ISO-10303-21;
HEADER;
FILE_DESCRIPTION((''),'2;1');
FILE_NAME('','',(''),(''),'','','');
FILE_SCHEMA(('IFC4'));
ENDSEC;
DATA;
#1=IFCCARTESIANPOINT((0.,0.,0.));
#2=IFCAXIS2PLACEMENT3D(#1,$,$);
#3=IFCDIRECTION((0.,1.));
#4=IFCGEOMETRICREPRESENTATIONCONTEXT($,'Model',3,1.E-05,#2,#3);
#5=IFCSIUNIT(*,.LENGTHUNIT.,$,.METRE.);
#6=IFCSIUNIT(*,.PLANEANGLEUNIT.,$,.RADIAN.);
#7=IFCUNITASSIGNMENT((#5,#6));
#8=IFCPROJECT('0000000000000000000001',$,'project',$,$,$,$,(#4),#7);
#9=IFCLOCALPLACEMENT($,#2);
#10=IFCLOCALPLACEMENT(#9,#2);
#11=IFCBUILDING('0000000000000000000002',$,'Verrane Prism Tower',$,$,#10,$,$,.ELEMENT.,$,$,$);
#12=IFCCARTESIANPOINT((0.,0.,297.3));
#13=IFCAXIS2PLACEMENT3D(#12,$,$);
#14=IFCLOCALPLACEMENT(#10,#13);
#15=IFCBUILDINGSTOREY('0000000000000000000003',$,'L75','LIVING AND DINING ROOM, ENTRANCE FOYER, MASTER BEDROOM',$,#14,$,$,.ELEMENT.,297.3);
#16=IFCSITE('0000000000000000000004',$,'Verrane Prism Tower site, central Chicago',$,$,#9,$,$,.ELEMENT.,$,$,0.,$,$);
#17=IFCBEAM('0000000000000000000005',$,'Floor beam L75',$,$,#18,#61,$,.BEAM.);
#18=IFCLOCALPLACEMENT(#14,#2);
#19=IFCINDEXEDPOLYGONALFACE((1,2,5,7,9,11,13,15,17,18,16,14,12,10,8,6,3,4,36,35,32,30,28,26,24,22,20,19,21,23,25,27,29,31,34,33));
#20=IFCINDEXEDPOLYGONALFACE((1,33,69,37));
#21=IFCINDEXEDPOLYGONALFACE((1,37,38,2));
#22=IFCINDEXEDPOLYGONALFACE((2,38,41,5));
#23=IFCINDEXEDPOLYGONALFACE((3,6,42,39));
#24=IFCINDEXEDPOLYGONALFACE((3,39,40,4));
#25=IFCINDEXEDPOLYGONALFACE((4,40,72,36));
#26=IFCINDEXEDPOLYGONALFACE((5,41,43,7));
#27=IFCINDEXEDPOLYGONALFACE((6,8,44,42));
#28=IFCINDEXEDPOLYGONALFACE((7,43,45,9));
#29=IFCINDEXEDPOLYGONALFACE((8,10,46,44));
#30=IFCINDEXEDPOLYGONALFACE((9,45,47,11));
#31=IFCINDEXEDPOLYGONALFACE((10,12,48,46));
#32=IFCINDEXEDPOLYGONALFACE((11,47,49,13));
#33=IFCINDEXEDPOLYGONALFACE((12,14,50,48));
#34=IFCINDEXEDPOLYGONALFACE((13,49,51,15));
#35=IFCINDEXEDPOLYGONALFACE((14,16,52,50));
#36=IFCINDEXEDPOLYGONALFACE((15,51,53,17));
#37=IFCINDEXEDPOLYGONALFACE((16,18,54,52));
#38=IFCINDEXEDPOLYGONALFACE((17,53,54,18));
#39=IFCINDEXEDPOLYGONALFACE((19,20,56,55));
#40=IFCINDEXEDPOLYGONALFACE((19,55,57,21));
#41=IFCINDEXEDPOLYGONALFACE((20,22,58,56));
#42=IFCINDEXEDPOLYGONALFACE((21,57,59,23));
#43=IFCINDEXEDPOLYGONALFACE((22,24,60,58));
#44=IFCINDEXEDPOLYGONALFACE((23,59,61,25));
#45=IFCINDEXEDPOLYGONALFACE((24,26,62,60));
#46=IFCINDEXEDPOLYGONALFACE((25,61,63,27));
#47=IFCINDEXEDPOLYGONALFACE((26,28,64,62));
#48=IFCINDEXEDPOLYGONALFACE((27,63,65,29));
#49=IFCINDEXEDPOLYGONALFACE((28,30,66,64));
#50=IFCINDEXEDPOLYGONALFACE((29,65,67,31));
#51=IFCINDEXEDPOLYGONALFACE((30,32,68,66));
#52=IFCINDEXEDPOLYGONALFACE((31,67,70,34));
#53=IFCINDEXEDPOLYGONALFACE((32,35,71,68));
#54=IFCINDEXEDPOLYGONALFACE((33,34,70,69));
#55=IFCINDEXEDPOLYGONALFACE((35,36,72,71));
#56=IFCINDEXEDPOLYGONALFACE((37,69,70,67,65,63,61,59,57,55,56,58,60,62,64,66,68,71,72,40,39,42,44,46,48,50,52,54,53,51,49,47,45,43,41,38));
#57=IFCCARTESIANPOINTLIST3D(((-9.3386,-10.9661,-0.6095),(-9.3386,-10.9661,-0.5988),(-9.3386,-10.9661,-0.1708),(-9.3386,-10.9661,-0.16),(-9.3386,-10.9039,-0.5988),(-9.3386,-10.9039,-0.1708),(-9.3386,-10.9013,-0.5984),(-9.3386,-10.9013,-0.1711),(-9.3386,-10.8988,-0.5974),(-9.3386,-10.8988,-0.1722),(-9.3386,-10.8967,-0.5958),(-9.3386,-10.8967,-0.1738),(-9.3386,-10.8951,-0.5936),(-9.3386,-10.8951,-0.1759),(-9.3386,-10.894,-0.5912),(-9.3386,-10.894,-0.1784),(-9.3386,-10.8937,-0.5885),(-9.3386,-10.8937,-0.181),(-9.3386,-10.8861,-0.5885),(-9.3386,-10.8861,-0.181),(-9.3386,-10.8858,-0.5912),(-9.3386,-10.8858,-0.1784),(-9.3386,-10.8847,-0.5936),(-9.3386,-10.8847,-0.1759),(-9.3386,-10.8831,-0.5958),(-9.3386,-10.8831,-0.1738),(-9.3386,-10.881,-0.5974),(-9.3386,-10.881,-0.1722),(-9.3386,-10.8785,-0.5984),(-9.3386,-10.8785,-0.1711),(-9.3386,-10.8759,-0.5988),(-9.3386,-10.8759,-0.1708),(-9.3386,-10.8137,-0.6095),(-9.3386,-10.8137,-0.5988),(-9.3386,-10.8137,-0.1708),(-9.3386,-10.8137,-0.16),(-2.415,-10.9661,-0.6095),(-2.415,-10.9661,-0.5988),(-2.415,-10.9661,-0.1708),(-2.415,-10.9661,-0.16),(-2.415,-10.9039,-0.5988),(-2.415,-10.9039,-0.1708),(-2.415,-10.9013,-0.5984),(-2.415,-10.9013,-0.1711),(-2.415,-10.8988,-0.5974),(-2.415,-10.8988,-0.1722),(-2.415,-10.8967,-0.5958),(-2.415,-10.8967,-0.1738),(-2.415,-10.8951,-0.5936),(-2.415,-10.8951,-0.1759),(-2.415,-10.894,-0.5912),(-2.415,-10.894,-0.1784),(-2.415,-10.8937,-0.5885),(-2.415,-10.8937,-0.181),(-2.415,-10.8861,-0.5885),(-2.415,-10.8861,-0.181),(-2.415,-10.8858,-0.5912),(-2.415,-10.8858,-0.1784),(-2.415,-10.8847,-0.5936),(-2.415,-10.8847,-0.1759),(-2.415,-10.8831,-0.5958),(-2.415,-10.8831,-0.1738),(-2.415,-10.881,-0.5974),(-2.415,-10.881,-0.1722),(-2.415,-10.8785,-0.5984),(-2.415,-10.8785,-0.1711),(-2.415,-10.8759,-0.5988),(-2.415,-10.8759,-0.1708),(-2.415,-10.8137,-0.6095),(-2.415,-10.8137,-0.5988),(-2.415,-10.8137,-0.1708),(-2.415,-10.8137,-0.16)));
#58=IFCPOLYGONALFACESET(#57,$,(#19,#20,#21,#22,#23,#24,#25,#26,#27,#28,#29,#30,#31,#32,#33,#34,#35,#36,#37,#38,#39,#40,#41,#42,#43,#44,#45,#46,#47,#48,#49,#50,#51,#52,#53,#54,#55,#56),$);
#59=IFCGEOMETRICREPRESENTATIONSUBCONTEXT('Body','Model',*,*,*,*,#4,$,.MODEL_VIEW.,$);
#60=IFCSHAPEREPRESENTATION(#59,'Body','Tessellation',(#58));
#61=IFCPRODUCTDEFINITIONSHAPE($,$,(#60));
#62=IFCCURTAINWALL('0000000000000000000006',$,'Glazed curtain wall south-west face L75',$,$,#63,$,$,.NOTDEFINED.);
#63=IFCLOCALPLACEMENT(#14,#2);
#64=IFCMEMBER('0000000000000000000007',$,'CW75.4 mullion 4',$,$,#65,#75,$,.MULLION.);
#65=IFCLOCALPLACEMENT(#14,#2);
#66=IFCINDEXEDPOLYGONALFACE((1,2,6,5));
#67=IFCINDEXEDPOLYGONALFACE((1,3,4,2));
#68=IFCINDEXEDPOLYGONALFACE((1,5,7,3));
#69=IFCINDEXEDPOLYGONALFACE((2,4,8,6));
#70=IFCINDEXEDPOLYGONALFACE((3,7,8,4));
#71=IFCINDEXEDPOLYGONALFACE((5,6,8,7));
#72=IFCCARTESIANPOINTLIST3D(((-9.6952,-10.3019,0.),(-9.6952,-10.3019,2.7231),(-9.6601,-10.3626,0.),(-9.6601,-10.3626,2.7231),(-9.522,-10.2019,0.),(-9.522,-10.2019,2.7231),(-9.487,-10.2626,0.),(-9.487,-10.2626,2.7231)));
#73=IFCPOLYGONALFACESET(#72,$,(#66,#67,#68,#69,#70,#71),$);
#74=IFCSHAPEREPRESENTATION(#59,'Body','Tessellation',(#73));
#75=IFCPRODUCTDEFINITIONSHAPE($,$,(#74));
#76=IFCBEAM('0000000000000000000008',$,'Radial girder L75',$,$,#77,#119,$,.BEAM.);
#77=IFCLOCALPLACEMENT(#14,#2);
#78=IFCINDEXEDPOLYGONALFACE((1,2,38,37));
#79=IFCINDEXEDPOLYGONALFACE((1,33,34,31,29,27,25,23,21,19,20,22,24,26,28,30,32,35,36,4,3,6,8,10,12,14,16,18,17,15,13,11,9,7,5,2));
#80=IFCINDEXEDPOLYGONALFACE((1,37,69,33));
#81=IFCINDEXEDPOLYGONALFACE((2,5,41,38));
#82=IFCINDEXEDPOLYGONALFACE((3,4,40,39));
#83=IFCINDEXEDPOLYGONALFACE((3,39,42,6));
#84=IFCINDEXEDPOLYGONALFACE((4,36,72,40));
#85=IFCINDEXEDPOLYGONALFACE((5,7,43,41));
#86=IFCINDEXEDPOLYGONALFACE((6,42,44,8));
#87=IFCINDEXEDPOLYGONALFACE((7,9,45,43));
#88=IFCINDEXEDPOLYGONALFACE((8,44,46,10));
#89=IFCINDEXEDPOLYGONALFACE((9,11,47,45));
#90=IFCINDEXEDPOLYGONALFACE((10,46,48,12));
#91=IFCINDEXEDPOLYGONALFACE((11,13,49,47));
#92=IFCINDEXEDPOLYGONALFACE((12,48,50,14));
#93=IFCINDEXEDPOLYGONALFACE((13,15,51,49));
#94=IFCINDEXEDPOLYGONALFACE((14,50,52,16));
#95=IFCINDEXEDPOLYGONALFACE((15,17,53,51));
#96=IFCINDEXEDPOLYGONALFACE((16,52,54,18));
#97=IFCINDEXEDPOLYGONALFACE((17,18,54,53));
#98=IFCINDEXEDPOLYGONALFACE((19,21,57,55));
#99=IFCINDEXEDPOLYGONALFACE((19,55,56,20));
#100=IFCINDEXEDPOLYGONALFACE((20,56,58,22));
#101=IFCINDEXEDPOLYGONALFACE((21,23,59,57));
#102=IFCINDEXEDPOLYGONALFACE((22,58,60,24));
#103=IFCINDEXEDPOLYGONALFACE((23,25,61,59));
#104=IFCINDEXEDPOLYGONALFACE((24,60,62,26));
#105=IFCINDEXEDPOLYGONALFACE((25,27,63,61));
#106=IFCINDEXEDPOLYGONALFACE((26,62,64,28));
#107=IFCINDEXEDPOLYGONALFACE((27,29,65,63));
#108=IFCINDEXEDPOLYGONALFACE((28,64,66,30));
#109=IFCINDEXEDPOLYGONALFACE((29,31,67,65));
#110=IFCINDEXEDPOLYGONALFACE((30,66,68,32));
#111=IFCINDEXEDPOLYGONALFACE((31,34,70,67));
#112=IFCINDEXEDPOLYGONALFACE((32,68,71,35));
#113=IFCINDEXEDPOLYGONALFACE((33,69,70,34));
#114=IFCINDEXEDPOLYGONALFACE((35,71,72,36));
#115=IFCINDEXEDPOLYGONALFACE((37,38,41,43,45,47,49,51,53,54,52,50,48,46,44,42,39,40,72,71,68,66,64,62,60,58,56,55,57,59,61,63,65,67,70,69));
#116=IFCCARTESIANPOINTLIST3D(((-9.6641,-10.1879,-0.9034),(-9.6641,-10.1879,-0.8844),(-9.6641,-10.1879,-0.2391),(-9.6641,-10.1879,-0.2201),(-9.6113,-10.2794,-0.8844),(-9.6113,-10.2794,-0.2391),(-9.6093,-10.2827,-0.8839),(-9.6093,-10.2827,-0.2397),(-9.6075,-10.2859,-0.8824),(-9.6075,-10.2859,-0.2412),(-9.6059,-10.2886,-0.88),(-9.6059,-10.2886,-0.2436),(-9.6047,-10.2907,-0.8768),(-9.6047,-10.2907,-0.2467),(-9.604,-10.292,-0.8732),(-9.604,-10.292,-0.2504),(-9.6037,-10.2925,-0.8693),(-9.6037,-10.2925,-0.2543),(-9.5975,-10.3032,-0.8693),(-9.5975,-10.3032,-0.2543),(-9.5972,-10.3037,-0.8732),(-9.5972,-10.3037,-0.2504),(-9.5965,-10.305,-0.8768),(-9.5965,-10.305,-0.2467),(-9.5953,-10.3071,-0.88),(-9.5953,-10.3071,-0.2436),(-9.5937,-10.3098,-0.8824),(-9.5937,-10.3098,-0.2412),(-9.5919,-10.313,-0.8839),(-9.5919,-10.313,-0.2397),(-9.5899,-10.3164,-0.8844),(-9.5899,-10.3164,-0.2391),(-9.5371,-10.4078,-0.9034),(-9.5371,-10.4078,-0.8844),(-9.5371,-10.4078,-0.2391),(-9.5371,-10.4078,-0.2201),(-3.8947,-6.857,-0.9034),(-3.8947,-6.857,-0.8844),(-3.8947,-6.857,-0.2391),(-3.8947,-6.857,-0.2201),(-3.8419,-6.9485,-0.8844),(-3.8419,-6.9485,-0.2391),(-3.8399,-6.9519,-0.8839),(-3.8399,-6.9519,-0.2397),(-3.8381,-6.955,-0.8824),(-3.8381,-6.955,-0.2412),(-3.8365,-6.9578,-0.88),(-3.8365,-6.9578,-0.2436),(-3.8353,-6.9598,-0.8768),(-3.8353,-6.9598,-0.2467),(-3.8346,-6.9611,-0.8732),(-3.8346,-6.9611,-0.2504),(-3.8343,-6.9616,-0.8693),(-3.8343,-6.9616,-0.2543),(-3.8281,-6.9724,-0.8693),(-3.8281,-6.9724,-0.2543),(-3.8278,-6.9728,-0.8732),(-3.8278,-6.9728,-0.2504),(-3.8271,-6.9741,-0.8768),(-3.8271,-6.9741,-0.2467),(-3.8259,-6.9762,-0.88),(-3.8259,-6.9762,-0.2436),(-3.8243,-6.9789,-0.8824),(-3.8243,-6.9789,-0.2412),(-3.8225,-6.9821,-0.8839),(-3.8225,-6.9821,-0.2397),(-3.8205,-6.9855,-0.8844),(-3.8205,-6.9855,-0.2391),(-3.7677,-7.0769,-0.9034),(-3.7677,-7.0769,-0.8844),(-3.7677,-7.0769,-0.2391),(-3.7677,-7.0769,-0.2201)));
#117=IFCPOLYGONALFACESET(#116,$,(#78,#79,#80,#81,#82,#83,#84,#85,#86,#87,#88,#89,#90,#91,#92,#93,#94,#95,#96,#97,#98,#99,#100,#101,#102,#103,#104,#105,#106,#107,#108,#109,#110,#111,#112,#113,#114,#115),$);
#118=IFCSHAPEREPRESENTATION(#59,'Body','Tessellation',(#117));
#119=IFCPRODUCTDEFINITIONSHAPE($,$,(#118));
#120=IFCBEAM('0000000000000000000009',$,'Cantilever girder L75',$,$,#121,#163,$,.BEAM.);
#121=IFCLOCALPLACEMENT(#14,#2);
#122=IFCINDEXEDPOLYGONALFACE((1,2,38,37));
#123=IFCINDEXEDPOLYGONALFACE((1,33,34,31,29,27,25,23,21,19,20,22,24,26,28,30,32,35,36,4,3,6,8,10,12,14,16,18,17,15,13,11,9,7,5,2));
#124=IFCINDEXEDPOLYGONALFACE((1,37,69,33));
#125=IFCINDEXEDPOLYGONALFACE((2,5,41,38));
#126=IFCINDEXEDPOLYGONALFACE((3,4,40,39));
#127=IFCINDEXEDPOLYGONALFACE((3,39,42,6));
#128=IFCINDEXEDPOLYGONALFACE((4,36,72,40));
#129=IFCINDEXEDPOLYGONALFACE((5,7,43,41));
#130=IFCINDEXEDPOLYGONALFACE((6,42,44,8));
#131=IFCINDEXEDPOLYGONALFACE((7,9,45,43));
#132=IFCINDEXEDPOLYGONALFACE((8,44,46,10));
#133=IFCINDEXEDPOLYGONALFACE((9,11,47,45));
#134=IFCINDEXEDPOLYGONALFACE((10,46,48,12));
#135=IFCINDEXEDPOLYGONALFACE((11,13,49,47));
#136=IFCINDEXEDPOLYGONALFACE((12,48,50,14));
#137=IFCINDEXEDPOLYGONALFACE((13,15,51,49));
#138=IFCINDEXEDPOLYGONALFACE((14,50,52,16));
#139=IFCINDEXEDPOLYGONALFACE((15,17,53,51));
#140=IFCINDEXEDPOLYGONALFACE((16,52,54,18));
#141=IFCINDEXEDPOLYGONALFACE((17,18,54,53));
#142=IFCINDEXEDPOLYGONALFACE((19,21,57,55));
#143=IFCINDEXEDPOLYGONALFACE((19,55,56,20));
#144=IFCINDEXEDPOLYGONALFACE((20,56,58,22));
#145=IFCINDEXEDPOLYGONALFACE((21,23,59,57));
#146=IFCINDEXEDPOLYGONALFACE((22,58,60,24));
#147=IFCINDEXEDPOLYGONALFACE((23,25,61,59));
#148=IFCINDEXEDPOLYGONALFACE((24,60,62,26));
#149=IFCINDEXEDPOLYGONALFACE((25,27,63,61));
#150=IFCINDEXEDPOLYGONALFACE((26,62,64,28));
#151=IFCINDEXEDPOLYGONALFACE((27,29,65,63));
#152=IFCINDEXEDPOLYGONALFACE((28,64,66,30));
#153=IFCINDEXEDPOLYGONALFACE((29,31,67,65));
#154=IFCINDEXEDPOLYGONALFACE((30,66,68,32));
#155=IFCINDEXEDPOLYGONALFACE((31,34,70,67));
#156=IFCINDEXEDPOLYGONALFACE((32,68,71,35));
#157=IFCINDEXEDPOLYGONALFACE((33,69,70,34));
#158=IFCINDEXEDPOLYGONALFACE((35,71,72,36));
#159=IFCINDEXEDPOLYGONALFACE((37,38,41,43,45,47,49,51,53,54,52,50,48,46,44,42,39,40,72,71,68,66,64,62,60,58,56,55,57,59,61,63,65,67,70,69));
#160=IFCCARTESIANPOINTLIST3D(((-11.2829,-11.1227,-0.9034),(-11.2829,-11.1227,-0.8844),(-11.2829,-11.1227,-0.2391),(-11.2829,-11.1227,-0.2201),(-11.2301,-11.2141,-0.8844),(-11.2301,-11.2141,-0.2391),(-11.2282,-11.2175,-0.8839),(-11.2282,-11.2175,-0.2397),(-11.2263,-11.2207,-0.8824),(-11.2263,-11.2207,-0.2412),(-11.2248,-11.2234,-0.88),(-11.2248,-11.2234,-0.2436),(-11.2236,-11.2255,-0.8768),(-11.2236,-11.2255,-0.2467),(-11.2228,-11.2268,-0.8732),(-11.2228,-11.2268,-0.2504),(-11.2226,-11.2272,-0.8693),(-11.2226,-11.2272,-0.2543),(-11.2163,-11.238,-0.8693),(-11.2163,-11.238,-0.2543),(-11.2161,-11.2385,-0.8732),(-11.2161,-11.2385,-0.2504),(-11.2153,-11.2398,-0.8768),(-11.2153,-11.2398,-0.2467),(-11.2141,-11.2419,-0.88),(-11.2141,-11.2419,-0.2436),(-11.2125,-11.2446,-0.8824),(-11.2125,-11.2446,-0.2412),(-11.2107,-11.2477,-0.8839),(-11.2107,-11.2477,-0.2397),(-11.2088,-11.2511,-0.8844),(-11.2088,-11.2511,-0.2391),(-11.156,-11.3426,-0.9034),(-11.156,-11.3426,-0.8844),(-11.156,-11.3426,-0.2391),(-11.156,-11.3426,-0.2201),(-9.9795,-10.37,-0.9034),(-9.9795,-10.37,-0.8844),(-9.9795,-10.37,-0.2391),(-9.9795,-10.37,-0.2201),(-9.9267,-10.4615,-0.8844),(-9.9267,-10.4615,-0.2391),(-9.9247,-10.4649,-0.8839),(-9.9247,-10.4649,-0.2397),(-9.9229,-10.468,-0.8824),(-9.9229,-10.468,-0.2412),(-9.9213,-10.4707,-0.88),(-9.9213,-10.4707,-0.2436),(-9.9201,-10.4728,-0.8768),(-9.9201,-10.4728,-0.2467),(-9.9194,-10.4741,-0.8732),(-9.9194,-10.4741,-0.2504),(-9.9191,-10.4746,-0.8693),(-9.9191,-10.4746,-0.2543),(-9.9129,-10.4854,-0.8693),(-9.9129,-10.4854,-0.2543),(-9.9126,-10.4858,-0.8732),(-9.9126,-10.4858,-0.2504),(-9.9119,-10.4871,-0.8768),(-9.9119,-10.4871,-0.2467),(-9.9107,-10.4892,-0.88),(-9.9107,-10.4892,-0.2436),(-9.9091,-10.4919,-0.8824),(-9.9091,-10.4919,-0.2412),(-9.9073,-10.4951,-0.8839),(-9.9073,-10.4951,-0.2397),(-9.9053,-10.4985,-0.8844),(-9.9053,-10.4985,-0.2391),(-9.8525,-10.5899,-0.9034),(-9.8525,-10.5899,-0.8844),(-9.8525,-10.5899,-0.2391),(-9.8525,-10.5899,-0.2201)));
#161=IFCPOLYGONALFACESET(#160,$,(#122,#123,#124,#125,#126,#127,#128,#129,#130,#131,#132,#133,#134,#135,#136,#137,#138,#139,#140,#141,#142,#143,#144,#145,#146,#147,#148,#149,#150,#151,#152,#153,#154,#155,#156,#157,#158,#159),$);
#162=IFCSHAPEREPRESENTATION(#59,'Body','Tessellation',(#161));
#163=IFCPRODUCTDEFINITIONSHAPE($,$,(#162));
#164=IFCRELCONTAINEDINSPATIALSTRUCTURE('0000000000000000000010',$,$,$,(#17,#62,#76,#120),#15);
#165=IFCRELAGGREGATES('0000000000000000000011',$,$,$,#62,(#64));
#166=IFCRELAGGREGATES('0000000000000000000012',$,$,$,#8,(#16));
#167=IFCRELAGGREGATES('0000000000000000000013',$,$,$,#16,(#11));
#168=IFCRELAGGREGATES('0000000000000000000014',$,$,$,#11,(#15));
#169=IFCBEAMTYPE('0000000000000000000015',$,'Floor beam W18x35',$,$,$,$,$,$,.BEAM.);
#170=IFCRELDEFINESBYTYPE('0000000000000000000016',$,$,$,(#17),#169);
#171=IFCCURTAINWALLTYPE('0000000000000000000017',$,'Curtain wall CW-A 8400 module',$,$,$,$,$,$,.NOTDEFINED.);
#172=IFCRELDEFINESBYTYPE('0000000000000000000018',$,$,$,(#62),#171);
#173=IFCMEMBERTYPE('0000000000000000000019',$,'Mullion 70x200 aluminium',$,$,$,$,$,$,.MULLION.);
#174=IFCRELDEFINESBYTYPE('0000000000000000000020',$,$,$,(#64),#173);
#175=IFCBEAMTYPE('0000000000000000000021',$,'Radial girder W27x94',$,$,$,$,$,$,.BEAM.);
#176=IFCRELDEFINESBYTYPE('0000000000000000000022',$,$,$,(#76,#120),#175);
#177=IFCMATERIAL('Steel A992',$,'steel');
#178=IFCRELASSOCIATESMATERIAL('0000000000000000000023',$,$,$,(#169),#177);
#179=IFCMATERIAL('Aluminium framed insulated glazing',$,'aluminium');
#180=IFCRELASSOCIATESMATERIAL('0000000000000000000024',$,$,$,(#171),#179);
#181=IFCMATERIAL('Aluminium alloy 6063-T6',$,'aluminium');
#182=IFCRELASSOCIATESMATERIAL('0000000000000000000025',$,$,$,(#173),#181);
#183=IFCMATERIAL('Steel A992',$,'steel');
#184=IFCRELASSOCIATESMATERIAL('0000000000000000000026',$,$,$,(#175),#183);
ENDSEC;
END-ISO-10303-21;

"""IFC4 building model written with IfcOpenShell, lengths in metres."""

from ifc_helpers import new_model, si_unit, direction, frame, origin, origin_2d, place, context, subcontext, project, spatial, rectangle, i_section, extrude, material, material_profile, profile_set, type_object, element, aggregate, save


model = new_model("IFC4")

# Units and contexts
model_context = context("Model", 3, precision=1e-05, world=origin(), true_north=direction((0.0, 1.0)))
body_context = subcontext(model_context, "Body", "Model", "MODEL_VIEW")
ifc_project = project(units=[si_unit("LENGTHUNIT", "METRE"), si_unit("PLANEANGLEUNIT", "RADIAN")], contexts=[model_context])

# Site, building, storey
site_placement = place(None, origin())
site = spatial("IfcSite", under=ifc_project, at=site_placement, Name="Verrane Prism Tower site, central Chicago", CompositionType="ELEMENT", RefElevation=0.0)
building_placement = place(site_placement, origin())
building = spatial("IfcBuilding", under=site, at=building_placement, Name="Verrane Prism Tower", CompositionType="ELEMENT")
storey_placement = place(building_placement, frame((0.0, 0.0, 297.3)))
storey = spatial("IfcBuildingStorey", under=building, at=storey_placement, Name="L75", Description="LIVING AND DINING ROOM, ENTRANCE FOYER, MASTER BEDROOM", CompositionType="ELEMENT", Elevation=297.3)

# Beam
ifc_material_1 = material(Name="Steel A992", Category="steel")
ifc_material_profile_1 = material_profile(ifc_material_1, i_section(OverallWidth=0.1523, OverallDepth=0.4495, WebThickness=0.0076, FlangeThickness=0.0107, FilletRadius=0.0103, at=origin_2d()), Name="W18x35")
ifc_profile_set_1 = profile_set([ifc_material_profile_1], Name="Steel A992")
beam_type_1 = type_object("IfcBeamType", Name="Floor beam W18x35", PredefinedType="BEAM", material=ifc_profile_set_1)
beam_1_placement = place(storey_placement, frame((-9.3386, -10.8899, -0.3848), z_axis=(1.0, 0.0, 0.0), x_axis=(0.0, 1.0, 0.0)))
element("IfcBeam", 1, at=beam_1_placement, inside=storey, type_object=beam_type_1, Name="Floor beam L75", PredefinedType="BEAM", context=body_context, shape_type="SweptSolid", body=[
    extrude(i_section(OverallWidth=0.1523, OverallDepth=0.4495, WebThickness=0.0076, FlangeThickness=0.0107, FilletRadius=0.0103, at=origin_2d()), origin(), (0.0, 0.0, 1.0), 6.9236),
])

# Curtain wall, member
ifc_material_2 = material(Name="Aluminium framed insulated glazing", Category="aluminium")
curtain_wall_type = type_object("IfcCurtainWallType", Name="Curtain wall CW-A 8400 module", PredefinedType="NOTDEFINED", material=ifc_material_2)
curtain_wall_placement = place(storey_placement, origin())
curtain_wall = element("IfcCurtainWall", 2, at=curtain_wall_placement, inside=storey, type_object=curtain_wall_type, Name="Glazed curtain wall south-west face L75", PredefinedType="NOTDEFINED")
ifc_material_3 = material(Name="Aluminium alloy 6063-T6", Category="aluminium")
ifc_material_profile_2 = material_profile(ifc_material_3, rectangle(XDim=0.2, YDim=0.0701, at=origin_2d()), Name="Mullion 70x200 aluminium")
ifc_profile_set_2 = profile_set([ifc_material_profile_2], Name="Aluminium alloy 6063-T6")
member_type_1 = type_object("IfcMemberType", Name="Mullion 70x200 aluminium", PredefinedType="MULLION", material=ifc_profile_set_2)
member_1_placement = place(storey_placement, frame((-9.5911, -10.2822, 0.0), z_axis=(0.0, 0.0, 1.0), x_axis=(0.866025, 0.500001, 0.0)))
member_1 = element("IfcMember", 3, at=member_1_placement, type_object=member_type_1, Name="CW75.4 mullion 4", PredefinedType="MULLION", context=body_context, shape_type="SweptSolid", body=[
    extrude(rectangle(XDim=0.2, YDim=0.0701, at=origin_2d()), origin(), (0.0, 0.0, 1.0), 2.7231),
])

# Beams
ifc_material_4 = material(Name="Steel A992", Category="steel")
ifc_material_profile_3 = material_profile(ifc_material_4, i_section(OverallWidth=0.2539, OverallDepth=0.6833, WebThickness=0.0125, FlangeThickness=0.019, FilletRadius=0.0151, at=origin_2d()), Name="W27x94")
ifc_profile_set_3 = profile_set([ifc_material_profile_3], Name="Steel A992")
beam_type_2 = type_object("IfcBeamType", Name="Radial girder W27x94", PredefinedType="BEAM", material=ifc_profile_set_3)
beam_2_placement = place(storey_placement, frame((-9.6006, -10.2979, -0.5618), z_axis=(0.866031, 0.49999, 0.0), x_axis=(-0.49999, 0.866031, 0.0)))
element("IfcBeam", 4, at=beam_2_placement, inside=storey, type_object=beam_type_2, Name="Radial girder L75", PredefinedType="BEAM", context=body_context, shape_type="SweptSolid", body=[
    extrude(i_section(OverallWidth=0.2539, OverallDepth=0.6833, WebThickness=0.0125, FlangeThickness=0.019, FilletRadius=0.0151, at=origin_2d()), origin(), (0.0, 0.0, 1.0), 6.6619),
])
beam_3_placement = place(storey_placement, frame((-9.916, -10.48, -0.5618), z_axis=(-0.865988, -0.500064, 0.0), x_axis=(0.500064, -0.865988, 0.0)))
element("IfcBeam", 5, at=beam_3_placement, inside=storey, type_object=beam_type_2, Name="Cantilever girder L75", PredefinedType="BEAM", context=body_context, shape_type="SweptSolid", body=[
    extrude(i_section(OverallWidth=0.2539, OverallDepth=0.6833, WebThickness=0.0125, FlangeThickness=0.019, FilletRadius=0.0151, at=origin_2d()), origin(), (0.0, 0.0, 1.0), 1.5051),
])

aggregate(curtain_wall, [member_1])

save(model, "model.ifc")
